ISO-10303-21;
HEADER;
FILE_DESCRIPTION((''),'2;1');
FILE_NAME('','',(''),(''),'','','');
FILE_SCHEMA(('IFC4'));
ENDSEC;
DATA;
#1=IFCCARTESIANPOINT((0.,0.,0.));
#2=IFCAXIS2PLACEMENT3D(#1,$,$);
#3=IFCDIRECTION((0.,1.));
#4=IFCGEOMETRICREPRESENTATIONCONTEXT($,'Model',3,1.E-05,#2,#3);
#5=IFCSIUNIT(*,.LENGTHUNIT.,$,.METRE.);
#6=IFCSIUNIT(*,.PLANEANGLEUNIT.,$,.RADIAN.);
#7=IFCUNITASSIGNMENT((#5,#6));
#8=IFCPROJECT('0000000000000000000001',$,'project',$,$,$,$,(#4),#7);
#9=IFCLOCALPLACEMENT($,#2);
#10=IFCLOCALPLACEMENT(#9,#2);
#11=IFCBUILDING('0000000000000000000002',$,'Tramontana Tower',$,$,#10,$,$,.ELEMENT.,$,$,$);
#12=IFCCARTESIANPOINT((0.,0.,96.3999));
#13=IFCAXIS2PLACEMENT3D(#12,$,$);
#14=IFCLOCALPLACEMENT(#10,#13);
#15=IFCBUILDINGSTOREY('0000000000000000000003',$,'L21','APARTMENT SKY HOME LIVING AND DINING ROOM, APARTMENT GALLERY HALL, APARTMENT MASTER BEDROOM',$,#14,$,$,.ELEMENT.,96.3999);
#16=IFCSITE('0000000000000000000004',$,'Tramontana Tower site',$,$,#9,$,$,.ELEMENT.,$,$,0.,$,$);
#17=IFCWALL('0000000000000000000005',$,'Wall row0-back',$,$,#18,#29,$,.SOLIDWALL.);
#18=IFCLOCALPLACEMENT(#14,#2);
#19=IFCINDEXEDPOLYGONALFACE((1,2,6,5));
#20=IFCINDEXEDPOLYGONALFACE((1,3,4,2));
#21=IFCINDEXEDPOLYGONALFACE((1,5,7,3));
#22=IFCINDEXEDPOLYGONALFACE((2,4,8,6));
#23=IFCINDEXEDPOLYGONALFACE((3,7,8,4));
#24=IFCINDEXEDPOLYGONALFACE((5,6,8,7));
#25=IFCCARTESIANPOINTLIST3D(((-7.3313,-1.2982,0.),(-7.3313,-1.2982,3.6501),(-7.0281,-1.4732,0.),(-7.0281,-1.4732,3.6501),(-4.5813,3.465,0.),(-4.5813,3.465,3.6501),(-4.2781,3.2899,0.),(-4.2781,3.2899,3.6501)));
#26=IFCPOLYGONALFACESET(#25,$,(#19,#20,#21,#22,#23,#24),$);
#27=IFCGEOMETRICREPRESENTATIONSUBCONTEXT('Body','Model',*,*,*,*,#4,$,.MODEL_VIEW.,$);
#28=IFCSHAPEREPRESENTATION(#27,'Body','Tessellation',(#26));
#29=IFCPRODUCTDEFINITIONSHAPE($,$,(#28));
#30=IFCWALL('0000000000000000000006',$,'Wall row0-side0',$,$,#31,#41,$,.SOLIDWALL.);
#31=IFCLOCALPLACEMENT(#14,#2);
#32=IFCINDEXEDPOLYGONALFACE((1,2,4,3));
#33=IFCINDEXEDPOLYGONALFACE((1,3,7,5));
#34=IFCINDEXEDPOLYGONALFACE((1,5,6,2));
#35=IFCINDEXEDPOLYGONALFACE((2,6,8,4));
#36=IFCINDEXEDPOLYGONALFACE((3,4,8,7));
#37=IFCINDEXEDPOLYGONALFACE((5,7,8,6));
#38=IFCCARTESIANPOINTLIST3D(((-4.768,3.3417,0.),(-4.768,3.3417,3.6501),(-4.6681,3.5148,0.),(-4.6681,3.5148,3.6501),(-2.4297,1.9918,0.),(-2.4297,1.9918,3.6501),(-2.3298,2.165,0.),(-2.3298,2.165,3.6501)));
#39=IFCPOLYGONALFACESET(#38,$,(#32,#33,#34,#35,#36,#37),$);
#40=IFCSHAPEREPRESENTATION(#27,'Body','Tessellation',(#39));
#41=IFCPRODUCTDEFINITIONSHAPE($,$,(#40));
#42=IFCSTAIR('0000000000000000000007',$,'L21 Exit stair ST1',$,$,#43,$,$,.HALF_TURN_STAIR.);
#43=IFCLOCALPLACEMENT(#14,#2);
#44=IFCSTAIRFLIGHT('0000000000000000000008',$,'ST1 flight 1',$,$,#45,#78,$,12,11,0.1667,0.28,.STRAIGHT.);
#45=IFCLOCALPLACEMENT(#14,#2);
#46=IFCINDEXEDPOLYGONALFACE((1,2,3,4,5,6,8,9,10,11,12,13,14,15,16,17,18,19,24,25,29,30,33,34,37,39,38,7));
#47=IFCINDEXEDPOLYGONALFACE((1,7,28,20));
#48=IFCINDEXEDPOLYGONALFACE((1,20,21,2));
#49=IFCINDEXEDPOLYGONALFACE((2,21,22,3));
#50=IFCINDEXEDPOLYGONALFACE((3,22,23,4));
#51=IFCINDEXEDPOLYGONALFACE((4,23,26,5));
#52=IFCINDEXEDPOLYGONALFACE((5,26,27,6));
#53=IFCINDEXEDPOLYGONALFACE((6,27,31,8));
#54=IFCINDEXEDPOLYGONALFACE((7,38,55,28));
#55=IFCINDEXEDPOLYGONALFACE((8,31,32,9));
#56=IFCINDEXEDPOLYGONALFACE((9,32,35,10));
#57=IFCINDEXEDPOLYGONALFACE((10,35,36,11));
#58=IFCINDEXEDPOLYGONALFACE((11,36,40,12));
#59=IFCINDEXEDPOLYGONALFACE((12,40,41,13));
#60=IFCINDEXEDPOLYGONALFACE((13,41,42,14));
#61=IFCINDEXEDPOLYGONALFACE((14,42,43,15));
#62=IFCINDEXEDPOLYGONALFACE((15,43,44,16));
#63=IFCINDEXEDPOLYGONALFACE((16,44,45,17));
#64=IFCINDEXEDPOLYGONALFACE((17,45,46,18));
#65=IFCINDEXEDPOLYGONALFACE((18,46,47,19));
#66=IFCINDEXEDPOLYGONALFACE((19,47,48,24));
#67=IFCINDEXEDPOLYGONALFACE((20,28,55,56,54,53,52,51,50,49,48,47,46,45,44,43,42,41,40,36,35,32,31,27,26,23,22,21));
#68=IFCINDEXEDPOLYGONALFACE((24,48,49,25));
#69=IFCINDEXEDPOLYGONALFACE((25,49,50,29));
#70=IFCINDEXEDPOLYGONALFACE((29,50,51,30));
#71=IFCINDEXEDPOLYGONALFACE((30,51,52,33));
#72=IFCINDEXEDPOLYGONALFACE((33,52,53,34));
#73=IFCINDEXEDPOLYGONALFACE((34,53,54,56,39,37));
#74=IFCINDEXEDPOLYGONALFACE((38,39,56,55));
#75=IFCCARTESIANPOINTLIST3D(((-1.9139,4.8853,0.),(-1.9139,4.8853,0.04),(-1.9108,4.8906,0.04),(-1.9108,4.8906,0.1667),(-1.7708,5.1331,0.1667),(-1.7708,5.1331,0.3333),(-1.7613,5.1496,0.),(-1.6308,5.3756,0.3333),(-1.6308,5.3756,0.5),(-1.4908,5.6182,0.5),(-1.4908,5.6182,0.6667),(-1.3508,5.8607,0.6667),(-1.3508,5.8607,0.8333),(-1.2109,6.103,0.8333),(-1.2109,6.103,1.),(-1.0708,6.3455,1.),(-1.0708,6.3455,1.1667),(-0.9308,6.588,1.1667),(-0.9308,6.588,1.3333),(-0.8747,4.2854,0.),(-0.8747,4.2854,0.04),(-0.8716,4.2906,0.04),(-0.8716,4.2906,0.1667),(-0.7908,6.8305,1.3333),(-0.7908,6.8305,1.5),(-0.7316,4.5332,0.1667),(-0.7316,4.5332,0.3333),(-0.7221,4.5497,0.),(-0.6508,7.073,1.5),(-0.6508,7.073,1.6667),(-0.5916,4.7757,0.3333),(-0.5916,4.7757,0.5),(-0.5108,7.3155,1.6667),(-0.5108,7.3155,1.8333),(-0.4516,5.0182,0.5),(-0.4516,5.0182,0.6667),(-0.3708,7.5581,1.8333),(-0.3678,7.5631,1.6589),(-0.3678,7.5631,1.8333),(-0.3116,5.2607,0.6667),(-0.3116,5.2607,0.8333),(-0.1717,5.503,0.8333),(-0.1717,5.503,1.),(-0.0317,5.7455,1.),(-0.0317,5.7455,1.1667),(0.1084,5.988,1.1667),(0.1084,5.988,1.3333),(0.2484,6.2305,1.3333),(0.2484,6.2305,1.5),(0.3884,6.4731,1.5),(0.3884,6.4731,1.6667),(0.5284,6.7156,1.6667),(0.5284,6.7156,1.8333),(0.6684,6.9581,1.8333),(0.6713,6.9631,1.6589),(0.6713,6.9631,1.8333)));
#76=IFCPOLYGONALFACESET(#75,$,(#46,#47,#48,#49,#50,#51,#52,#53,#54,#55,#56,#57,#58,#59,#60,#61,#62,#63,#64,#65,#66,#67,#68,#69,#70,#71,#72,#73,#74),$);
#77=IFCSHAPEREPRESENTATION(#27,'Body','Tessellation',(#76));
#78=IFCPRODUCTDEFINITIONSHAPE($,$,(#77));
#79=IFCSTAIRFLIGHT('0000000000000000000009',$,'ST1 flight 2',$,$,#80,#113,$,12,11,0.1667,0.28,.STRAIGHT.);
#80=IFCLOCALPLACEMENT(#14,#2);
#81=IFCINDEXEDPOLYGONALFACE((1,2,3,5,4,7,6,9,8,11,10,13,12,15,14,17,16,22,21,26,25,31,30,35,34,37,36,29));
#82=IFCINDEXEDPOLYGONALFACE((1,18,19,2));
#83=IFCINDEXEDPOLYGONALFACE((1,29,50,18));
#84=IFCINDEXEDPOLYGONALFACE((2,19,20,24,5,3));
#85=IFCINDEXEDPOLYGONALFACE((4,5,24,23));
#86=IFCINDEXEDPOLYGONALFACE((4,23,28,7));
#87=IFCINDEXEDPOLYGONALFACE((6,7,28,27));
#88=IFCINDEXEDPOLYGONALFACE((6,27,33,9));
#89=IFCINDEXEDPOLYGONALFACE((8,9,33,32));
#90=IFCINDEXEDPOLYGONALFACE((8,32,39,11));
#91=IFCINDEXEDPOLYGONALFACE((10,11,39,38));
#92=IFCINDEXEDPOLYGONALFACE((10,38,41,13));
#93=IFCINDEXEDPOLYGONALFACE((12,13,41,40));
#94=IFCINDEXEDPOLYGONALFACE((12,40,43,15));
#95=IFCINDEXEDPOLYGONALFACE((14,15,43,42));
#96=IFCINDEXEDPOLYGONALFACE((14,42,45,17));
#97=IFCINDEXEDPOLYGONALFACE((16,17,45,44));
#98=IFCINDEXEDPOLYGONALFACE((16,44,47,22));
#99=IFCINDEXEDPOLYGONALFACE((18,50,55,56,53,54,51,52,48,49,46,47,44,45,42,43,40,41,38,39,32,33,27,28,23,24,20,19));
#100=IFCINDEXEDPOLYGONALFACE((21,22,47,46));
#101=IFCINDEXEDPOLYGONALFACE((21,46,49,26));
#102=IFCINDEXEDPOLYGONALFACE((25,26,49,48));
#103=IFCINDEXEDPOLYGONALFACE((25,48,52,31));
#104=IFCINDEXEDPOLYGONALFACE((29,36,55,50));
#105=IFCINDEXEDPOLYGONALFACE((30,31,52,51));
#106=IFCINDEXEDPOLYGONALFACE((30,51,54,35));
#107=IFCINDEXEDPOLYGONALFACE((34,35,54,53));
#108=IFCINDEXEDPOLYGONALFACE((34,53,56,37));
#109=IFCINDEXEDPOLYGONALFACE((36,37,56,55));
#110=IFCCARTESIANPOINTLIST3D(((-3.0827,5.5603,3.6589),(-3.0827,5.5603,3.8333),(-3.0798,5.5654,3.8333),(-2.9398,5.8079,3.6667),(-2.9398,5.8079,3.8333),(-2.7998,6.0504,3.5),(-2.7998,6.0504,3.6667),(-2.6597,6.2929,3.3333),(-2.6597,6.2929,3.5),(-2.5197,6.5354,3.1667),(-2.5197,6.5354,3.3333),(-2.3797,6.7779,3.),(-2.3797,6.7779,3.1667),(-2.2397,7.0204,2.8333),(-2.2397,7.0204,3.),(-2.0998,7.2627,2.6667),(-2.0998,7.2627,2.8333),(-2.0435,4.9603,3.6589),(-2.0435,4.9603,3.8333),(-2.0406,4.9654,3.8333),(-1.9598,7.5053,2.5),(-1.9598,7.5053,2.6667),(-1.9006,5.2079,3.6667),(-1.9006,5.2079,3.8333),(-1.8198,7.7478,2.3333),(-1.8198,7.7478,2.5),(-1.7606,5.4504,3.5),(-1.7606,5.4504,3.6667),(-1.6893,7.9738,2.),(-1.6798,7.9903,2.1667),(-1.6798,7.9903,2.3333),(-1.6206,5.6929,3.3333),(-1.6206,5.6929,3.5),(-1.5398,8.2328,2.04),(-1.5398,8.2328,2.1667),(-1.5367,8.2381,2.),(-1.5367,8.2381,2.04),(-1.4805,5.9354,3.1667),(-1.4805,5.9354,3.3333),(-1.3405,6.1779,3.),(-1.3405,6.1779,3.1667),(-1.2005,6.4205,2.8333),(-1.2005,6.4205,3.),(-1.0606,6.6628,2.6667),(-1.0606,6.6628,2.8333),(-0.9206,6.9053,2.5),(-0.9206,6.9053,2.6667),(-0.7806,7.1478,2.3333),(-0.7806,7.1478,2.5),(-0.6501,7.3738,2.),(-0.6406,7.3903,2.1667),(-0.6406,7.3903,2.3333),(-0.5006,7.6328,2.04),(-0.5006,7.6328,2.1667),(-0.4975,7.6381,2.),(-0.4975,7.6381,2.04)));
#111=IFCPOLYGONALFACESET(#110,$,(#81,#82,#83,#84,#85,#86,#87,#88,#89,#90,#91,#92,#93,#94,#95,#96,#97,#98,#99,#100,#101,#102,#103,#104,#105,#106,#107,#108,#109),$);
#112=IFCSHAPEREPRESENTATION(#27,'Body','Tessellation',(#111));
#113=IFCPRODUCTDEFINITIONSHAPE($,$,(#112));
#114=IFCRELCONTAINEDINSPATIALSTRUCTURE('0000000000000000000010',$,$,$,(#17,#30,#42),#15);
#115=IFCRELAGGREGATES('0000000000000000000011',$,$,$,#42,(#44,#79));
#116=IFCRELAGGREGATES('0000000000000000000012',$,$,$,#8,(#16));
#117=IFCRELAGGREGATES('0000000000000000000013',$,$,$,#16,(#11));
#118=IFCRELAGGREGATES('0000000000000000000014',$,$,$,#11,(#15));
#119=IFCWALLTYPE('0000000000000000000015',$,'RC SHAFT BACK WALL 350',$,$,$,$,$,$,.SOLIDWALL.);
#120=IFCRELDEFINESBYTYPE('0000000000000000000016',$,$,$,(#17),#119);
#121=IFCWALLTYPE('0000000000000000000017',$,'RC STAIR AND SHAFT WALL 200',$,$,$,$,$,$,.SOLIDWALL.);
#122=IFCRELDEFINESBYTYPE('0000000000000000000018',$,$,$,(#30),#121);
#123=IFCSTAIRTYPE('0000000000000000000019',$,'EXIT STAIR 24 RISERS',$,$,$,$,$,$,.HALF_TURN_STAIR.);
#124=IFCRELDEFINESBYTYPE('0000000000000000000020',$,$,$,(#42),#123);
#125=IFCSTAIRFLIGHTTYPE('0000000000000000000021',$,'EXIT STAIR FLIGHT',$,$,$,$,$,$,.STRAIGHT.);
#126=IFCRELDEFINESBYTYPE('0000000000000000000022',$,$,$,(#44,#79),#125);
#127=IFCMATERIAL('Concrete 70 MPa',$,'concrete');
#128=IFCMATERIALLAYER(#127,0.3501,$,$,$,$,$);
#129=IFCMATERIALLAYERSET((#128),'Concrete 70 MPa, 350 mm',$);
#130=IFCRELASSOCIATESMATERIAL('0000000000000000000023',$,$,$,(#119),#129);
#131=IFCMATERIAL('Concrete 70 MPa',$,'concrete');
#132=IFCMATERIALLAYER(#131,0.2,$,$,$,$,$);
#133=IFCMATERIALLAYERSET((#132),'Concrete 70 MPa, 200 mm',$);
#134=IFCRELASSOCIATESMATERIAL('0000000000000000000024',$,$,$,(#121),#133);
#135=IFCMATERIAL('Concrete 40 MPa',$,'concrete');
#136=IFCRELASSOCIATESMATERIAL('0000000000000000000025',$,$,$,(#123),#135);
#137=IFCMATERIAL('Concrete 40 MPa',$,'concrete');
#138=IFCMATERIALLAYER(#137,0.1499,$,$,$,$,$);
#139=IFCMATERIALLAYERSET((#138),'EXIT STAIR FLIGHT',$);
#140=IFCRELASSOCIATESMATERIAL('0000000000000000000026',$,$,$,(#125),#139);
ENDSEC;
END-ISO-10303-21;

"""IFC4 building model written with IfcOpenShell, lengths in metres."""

from ifc_helpers import new_model, si_unit, direction, frame, frame_2d, origin, place, context, subcontext, project, spatial, polyline, rectangle, outline, extrude, material, layer, layer_set, type_object, element, aggregate, save


model = new_model("IFC4")

# Units and contexts
model_context = context("Model", 3, precision=1e-05, world=origin(), true_north=direction((0.0, 1.0)))
body_context = subcontext(model_context, "Body", "Model", "MODEL_VIEW")
ifc_project = project(units=[si_unit("LENGTHUNIT", "METRE"), si_unit("PLANEANGLEUNIT", "RADIAN")], contexts=[model_context])

# Site, building, storey
site_placement = place(None, origin())
site = spatial("IfcSite", under=ifc_project, at=site_placement, Name="Tramontana Tower site", CompositionType="ELEMENT", RefElevation=0.0)
building_placement = place(site_placement, origin())
building = spatial("IfcBuilding", under=site, at=building_placement, Name="Tramontana Tower", CompositionType="ELEMENT")
storey_placement = place(building_placement, frame((0.0, 0.0, 96.3999)))
storey = spatial("IfcBuildingStorey", under=building, at=storey_placement, Name="L21", Description="APARTMENT SKY HOME LIVING AND DINING ROOM, APARTMENT GALLERY HALL, APARTMENT MASTER BEDROOM", CompositionType="ELEMENT", Elevation=96.3999)

# Wall
ifc_material_1 = material(Name="Concrete 70 MPa", Category="concrete")
ifc_layer_1 = layer(ifc_material_1, 0.3501)
ifc_layer_set_1 = layer_set([ifc_layer_1], Name="Concrete 70 MPa, 350 mm")
wall_type_1 = type_object("IfcWallType", Name="RC SHAFT BACK WALL 350", PredefinedType="SOLIDWALL", material=ifc_layer_set_1)
wall_1_placement = place(storey_placement, frame((-4.4297, 3.3774, 0.0), z_axis=(0.0, 0.0, 1.0), x_axis=(-0.499997, -0.866027, 0.0)))
element("IfcWall", 1, at=wall_1_placement, inside=storey, type_object=wall_type_1, Name="Wall row0-back", PredefinedType="SOLIDWALL", context=body_context, shape_type="SweptSolid", body=[
    extrude(rectangle(XDim=5.5, YDim=0.3501, at=frame_2d((2.75, 0.0))), origin(), (0.0, 0.0, 1.0), 3.6501),
])

# Shared definitions
ifc_material_2 = material(Name="Concrete 70 MPa", Category="concrete")
ifc_layer_2 = layer(ifc_material_2, 0.2)
ifc_layer_set_2 = layer_set([ifc_layer_2], Name="Concrete 70 MPa, 200 mm")
wall_type_2 = type_object("IfcWallType", Name="RC STAIR AND SHAFT WALL 200", PredefinedType="SOLIDWALL", material=ifc_layer_set_2)

# Wall
wall_2_placement = place(storey_placement, frame((-2.3796, 2.0784, 0.0), z_axis=(0.0, 0.0, 1.0), x_axis=(-0.866059, 0.499942, 0.0)))
element("IfcWall", 2, at=wall_2_placement, inside=storey, type_object=wall_type_2, Name="Wall row0-side0", PredefinedType="SOLIDWALL", context=body_context, shape_type="SweptSolid", body=[
    extrude(rectangle(XDim=2.7, YDim=0.2, at=frame_2d((1.3501, 0.0))), origin(), (0.0, 0.0, 1.0), 3.6501),
])

# Stair, stair flights
ifc_material_3 = material(Name="Concrete 40 MPa", Category="concrete")
stair_type = type_object("IfcStairType", Name="EXIT STAIR 24 RISERS", PredefinedType="HALF_TURN_STAIR", material=ifc_material_3)
stair_placement = place(storey_placement, origin())
stair = element("IfcStair", 3, at=stair_placement, inside=storey, type_object=stair_type, Name="L21 Exit stair ST1", PredefinedType="HALF_TURN_STAIR")
ifc_material_4 = material(Name="Concrete 40 MPa", Category="concrete")
ifc_layer_3 = layer(ifc_material_4, 0.1499)
ifc_layer_set_3 = layer_set([ifc_layer_3], Name="EXIT STAIR FLIGHT")
stair_flight_type = type_object("IfcStairFlightType", Name="EXIT STAIR FLIGHT", PredefinedType="STRAIGHT", material=ifc_layer_set_3)
stair_flight_1_placement = place(storey_placement, frame((-1.3911, 4.5906, 0.0), z_axis=(0.0, 0.0, 1.0), x_axis=(0.5, 0.866025, 0.0)))
stair_flight_1 = element("IfcStairFlight", 4, at=stair_flight_1_placement, type_object=stair_flight_type, Name="ST1 flight 1", NumberOfRisers=12, NumberOfTreads=11, PredefinedType="STRAIGHT", RiserHeight=0.1667, TreadLength=0.28, context=body_context, shape_type="SweptSolid", body=[
    extrude(outline(polyline([(-0.0061, 0.0), (-0.0061, 0.04), (0.0, 0.04), (0.0, 0.1667), (0.28, 0.1667), (0.28, 0.3333), (0.5601, 0.3333), (0.5601, 0.5), (0.8401, 0.5), (0.8401, 0.6667), (1.1201, 0.6667), (1.1201, 0.8333), (1.3999, 0.8333), (1.3999, 1.0), (1.6799, 1.0), (1.6799, 1.1667), (1.96, 1.1667), (1.96, 1.3333), (2.24, 1.3333), (2.24, 1.5), (2.52, 1.5), (2.52, 1.6667), (2.8, 1.6667), (2.8, 1.8333), (3.0801, 1.8333), (3.0859, 1.8333), (3.0859, 1.6589), (0.2991, 0.0), (-0.0061, 0.0)])), frame((0.0, 0.6001, 0.0), z_axis=(0.0, -1.0, 0.0), x_axis=(1.0, 0.0, 0.0)), (0.0, 0.0, 1.0), 1.2),
])
stair_flight_2_placement = place(storey_placement, frame((-1.0203, 7.9329, 2.0), z_axis=(0.0, 0.0, 1.0), x_axis=(-0.5, -0.866025, 0.0)))
stair_flight_2 = element("IfcStairFlight", 5, at=stair_flight_2_placement, type_object=stair_flight_type, Name="ST1 flight 2", NumberOfRisers=12, NumberOfTreads=11, PredefinedType="STRAIGHT", RiserHeight=0.1667, TreadLength=0.28, context=body_context, shape_type="SweptSolid", body=[
    extrude(outline(polyline([(-0.0061, 0.0), (-0.0061, 0.04), (0.0, 0.04), (0.0, 0.1667), (0.28, 0.1667), (0.28, 0.3333), (0.5601, 0.3333), (0.5601, 0.5), (0.8401, 0.5), (0.8401, 0.6667), (1.1201, 0.6667), (1.1201, 0.8333), (1.3999, 0.8333), (1.3999, 1.0), (1.6799, 1.0), (1.6799, 1.1667), (1.96, 1.1667), (1.96, 1.3333), (2.24, 1.3333), (2.24, 1.5), (2.52, 1.5), (2.52, 1.6667), (2.8, 1.6667), (2.8, 1.8333), (3.0801, 1.8333), (3.0859, 1.8333), (3.0859, 1.6589), (0.2991, 0.0), (-0.0061, 0.0)])), frame((0.0, 0.6001, 0.0), z_axis=(0.0, -1.0, 0.0), x_axis=(1.0, 0.0, 0.0)), (0.0, 0.0, 1.0), 1.2),
])
aggregate(stair, [stair_flight_1, stair_flight_2])

save(model, "model.ifc")
